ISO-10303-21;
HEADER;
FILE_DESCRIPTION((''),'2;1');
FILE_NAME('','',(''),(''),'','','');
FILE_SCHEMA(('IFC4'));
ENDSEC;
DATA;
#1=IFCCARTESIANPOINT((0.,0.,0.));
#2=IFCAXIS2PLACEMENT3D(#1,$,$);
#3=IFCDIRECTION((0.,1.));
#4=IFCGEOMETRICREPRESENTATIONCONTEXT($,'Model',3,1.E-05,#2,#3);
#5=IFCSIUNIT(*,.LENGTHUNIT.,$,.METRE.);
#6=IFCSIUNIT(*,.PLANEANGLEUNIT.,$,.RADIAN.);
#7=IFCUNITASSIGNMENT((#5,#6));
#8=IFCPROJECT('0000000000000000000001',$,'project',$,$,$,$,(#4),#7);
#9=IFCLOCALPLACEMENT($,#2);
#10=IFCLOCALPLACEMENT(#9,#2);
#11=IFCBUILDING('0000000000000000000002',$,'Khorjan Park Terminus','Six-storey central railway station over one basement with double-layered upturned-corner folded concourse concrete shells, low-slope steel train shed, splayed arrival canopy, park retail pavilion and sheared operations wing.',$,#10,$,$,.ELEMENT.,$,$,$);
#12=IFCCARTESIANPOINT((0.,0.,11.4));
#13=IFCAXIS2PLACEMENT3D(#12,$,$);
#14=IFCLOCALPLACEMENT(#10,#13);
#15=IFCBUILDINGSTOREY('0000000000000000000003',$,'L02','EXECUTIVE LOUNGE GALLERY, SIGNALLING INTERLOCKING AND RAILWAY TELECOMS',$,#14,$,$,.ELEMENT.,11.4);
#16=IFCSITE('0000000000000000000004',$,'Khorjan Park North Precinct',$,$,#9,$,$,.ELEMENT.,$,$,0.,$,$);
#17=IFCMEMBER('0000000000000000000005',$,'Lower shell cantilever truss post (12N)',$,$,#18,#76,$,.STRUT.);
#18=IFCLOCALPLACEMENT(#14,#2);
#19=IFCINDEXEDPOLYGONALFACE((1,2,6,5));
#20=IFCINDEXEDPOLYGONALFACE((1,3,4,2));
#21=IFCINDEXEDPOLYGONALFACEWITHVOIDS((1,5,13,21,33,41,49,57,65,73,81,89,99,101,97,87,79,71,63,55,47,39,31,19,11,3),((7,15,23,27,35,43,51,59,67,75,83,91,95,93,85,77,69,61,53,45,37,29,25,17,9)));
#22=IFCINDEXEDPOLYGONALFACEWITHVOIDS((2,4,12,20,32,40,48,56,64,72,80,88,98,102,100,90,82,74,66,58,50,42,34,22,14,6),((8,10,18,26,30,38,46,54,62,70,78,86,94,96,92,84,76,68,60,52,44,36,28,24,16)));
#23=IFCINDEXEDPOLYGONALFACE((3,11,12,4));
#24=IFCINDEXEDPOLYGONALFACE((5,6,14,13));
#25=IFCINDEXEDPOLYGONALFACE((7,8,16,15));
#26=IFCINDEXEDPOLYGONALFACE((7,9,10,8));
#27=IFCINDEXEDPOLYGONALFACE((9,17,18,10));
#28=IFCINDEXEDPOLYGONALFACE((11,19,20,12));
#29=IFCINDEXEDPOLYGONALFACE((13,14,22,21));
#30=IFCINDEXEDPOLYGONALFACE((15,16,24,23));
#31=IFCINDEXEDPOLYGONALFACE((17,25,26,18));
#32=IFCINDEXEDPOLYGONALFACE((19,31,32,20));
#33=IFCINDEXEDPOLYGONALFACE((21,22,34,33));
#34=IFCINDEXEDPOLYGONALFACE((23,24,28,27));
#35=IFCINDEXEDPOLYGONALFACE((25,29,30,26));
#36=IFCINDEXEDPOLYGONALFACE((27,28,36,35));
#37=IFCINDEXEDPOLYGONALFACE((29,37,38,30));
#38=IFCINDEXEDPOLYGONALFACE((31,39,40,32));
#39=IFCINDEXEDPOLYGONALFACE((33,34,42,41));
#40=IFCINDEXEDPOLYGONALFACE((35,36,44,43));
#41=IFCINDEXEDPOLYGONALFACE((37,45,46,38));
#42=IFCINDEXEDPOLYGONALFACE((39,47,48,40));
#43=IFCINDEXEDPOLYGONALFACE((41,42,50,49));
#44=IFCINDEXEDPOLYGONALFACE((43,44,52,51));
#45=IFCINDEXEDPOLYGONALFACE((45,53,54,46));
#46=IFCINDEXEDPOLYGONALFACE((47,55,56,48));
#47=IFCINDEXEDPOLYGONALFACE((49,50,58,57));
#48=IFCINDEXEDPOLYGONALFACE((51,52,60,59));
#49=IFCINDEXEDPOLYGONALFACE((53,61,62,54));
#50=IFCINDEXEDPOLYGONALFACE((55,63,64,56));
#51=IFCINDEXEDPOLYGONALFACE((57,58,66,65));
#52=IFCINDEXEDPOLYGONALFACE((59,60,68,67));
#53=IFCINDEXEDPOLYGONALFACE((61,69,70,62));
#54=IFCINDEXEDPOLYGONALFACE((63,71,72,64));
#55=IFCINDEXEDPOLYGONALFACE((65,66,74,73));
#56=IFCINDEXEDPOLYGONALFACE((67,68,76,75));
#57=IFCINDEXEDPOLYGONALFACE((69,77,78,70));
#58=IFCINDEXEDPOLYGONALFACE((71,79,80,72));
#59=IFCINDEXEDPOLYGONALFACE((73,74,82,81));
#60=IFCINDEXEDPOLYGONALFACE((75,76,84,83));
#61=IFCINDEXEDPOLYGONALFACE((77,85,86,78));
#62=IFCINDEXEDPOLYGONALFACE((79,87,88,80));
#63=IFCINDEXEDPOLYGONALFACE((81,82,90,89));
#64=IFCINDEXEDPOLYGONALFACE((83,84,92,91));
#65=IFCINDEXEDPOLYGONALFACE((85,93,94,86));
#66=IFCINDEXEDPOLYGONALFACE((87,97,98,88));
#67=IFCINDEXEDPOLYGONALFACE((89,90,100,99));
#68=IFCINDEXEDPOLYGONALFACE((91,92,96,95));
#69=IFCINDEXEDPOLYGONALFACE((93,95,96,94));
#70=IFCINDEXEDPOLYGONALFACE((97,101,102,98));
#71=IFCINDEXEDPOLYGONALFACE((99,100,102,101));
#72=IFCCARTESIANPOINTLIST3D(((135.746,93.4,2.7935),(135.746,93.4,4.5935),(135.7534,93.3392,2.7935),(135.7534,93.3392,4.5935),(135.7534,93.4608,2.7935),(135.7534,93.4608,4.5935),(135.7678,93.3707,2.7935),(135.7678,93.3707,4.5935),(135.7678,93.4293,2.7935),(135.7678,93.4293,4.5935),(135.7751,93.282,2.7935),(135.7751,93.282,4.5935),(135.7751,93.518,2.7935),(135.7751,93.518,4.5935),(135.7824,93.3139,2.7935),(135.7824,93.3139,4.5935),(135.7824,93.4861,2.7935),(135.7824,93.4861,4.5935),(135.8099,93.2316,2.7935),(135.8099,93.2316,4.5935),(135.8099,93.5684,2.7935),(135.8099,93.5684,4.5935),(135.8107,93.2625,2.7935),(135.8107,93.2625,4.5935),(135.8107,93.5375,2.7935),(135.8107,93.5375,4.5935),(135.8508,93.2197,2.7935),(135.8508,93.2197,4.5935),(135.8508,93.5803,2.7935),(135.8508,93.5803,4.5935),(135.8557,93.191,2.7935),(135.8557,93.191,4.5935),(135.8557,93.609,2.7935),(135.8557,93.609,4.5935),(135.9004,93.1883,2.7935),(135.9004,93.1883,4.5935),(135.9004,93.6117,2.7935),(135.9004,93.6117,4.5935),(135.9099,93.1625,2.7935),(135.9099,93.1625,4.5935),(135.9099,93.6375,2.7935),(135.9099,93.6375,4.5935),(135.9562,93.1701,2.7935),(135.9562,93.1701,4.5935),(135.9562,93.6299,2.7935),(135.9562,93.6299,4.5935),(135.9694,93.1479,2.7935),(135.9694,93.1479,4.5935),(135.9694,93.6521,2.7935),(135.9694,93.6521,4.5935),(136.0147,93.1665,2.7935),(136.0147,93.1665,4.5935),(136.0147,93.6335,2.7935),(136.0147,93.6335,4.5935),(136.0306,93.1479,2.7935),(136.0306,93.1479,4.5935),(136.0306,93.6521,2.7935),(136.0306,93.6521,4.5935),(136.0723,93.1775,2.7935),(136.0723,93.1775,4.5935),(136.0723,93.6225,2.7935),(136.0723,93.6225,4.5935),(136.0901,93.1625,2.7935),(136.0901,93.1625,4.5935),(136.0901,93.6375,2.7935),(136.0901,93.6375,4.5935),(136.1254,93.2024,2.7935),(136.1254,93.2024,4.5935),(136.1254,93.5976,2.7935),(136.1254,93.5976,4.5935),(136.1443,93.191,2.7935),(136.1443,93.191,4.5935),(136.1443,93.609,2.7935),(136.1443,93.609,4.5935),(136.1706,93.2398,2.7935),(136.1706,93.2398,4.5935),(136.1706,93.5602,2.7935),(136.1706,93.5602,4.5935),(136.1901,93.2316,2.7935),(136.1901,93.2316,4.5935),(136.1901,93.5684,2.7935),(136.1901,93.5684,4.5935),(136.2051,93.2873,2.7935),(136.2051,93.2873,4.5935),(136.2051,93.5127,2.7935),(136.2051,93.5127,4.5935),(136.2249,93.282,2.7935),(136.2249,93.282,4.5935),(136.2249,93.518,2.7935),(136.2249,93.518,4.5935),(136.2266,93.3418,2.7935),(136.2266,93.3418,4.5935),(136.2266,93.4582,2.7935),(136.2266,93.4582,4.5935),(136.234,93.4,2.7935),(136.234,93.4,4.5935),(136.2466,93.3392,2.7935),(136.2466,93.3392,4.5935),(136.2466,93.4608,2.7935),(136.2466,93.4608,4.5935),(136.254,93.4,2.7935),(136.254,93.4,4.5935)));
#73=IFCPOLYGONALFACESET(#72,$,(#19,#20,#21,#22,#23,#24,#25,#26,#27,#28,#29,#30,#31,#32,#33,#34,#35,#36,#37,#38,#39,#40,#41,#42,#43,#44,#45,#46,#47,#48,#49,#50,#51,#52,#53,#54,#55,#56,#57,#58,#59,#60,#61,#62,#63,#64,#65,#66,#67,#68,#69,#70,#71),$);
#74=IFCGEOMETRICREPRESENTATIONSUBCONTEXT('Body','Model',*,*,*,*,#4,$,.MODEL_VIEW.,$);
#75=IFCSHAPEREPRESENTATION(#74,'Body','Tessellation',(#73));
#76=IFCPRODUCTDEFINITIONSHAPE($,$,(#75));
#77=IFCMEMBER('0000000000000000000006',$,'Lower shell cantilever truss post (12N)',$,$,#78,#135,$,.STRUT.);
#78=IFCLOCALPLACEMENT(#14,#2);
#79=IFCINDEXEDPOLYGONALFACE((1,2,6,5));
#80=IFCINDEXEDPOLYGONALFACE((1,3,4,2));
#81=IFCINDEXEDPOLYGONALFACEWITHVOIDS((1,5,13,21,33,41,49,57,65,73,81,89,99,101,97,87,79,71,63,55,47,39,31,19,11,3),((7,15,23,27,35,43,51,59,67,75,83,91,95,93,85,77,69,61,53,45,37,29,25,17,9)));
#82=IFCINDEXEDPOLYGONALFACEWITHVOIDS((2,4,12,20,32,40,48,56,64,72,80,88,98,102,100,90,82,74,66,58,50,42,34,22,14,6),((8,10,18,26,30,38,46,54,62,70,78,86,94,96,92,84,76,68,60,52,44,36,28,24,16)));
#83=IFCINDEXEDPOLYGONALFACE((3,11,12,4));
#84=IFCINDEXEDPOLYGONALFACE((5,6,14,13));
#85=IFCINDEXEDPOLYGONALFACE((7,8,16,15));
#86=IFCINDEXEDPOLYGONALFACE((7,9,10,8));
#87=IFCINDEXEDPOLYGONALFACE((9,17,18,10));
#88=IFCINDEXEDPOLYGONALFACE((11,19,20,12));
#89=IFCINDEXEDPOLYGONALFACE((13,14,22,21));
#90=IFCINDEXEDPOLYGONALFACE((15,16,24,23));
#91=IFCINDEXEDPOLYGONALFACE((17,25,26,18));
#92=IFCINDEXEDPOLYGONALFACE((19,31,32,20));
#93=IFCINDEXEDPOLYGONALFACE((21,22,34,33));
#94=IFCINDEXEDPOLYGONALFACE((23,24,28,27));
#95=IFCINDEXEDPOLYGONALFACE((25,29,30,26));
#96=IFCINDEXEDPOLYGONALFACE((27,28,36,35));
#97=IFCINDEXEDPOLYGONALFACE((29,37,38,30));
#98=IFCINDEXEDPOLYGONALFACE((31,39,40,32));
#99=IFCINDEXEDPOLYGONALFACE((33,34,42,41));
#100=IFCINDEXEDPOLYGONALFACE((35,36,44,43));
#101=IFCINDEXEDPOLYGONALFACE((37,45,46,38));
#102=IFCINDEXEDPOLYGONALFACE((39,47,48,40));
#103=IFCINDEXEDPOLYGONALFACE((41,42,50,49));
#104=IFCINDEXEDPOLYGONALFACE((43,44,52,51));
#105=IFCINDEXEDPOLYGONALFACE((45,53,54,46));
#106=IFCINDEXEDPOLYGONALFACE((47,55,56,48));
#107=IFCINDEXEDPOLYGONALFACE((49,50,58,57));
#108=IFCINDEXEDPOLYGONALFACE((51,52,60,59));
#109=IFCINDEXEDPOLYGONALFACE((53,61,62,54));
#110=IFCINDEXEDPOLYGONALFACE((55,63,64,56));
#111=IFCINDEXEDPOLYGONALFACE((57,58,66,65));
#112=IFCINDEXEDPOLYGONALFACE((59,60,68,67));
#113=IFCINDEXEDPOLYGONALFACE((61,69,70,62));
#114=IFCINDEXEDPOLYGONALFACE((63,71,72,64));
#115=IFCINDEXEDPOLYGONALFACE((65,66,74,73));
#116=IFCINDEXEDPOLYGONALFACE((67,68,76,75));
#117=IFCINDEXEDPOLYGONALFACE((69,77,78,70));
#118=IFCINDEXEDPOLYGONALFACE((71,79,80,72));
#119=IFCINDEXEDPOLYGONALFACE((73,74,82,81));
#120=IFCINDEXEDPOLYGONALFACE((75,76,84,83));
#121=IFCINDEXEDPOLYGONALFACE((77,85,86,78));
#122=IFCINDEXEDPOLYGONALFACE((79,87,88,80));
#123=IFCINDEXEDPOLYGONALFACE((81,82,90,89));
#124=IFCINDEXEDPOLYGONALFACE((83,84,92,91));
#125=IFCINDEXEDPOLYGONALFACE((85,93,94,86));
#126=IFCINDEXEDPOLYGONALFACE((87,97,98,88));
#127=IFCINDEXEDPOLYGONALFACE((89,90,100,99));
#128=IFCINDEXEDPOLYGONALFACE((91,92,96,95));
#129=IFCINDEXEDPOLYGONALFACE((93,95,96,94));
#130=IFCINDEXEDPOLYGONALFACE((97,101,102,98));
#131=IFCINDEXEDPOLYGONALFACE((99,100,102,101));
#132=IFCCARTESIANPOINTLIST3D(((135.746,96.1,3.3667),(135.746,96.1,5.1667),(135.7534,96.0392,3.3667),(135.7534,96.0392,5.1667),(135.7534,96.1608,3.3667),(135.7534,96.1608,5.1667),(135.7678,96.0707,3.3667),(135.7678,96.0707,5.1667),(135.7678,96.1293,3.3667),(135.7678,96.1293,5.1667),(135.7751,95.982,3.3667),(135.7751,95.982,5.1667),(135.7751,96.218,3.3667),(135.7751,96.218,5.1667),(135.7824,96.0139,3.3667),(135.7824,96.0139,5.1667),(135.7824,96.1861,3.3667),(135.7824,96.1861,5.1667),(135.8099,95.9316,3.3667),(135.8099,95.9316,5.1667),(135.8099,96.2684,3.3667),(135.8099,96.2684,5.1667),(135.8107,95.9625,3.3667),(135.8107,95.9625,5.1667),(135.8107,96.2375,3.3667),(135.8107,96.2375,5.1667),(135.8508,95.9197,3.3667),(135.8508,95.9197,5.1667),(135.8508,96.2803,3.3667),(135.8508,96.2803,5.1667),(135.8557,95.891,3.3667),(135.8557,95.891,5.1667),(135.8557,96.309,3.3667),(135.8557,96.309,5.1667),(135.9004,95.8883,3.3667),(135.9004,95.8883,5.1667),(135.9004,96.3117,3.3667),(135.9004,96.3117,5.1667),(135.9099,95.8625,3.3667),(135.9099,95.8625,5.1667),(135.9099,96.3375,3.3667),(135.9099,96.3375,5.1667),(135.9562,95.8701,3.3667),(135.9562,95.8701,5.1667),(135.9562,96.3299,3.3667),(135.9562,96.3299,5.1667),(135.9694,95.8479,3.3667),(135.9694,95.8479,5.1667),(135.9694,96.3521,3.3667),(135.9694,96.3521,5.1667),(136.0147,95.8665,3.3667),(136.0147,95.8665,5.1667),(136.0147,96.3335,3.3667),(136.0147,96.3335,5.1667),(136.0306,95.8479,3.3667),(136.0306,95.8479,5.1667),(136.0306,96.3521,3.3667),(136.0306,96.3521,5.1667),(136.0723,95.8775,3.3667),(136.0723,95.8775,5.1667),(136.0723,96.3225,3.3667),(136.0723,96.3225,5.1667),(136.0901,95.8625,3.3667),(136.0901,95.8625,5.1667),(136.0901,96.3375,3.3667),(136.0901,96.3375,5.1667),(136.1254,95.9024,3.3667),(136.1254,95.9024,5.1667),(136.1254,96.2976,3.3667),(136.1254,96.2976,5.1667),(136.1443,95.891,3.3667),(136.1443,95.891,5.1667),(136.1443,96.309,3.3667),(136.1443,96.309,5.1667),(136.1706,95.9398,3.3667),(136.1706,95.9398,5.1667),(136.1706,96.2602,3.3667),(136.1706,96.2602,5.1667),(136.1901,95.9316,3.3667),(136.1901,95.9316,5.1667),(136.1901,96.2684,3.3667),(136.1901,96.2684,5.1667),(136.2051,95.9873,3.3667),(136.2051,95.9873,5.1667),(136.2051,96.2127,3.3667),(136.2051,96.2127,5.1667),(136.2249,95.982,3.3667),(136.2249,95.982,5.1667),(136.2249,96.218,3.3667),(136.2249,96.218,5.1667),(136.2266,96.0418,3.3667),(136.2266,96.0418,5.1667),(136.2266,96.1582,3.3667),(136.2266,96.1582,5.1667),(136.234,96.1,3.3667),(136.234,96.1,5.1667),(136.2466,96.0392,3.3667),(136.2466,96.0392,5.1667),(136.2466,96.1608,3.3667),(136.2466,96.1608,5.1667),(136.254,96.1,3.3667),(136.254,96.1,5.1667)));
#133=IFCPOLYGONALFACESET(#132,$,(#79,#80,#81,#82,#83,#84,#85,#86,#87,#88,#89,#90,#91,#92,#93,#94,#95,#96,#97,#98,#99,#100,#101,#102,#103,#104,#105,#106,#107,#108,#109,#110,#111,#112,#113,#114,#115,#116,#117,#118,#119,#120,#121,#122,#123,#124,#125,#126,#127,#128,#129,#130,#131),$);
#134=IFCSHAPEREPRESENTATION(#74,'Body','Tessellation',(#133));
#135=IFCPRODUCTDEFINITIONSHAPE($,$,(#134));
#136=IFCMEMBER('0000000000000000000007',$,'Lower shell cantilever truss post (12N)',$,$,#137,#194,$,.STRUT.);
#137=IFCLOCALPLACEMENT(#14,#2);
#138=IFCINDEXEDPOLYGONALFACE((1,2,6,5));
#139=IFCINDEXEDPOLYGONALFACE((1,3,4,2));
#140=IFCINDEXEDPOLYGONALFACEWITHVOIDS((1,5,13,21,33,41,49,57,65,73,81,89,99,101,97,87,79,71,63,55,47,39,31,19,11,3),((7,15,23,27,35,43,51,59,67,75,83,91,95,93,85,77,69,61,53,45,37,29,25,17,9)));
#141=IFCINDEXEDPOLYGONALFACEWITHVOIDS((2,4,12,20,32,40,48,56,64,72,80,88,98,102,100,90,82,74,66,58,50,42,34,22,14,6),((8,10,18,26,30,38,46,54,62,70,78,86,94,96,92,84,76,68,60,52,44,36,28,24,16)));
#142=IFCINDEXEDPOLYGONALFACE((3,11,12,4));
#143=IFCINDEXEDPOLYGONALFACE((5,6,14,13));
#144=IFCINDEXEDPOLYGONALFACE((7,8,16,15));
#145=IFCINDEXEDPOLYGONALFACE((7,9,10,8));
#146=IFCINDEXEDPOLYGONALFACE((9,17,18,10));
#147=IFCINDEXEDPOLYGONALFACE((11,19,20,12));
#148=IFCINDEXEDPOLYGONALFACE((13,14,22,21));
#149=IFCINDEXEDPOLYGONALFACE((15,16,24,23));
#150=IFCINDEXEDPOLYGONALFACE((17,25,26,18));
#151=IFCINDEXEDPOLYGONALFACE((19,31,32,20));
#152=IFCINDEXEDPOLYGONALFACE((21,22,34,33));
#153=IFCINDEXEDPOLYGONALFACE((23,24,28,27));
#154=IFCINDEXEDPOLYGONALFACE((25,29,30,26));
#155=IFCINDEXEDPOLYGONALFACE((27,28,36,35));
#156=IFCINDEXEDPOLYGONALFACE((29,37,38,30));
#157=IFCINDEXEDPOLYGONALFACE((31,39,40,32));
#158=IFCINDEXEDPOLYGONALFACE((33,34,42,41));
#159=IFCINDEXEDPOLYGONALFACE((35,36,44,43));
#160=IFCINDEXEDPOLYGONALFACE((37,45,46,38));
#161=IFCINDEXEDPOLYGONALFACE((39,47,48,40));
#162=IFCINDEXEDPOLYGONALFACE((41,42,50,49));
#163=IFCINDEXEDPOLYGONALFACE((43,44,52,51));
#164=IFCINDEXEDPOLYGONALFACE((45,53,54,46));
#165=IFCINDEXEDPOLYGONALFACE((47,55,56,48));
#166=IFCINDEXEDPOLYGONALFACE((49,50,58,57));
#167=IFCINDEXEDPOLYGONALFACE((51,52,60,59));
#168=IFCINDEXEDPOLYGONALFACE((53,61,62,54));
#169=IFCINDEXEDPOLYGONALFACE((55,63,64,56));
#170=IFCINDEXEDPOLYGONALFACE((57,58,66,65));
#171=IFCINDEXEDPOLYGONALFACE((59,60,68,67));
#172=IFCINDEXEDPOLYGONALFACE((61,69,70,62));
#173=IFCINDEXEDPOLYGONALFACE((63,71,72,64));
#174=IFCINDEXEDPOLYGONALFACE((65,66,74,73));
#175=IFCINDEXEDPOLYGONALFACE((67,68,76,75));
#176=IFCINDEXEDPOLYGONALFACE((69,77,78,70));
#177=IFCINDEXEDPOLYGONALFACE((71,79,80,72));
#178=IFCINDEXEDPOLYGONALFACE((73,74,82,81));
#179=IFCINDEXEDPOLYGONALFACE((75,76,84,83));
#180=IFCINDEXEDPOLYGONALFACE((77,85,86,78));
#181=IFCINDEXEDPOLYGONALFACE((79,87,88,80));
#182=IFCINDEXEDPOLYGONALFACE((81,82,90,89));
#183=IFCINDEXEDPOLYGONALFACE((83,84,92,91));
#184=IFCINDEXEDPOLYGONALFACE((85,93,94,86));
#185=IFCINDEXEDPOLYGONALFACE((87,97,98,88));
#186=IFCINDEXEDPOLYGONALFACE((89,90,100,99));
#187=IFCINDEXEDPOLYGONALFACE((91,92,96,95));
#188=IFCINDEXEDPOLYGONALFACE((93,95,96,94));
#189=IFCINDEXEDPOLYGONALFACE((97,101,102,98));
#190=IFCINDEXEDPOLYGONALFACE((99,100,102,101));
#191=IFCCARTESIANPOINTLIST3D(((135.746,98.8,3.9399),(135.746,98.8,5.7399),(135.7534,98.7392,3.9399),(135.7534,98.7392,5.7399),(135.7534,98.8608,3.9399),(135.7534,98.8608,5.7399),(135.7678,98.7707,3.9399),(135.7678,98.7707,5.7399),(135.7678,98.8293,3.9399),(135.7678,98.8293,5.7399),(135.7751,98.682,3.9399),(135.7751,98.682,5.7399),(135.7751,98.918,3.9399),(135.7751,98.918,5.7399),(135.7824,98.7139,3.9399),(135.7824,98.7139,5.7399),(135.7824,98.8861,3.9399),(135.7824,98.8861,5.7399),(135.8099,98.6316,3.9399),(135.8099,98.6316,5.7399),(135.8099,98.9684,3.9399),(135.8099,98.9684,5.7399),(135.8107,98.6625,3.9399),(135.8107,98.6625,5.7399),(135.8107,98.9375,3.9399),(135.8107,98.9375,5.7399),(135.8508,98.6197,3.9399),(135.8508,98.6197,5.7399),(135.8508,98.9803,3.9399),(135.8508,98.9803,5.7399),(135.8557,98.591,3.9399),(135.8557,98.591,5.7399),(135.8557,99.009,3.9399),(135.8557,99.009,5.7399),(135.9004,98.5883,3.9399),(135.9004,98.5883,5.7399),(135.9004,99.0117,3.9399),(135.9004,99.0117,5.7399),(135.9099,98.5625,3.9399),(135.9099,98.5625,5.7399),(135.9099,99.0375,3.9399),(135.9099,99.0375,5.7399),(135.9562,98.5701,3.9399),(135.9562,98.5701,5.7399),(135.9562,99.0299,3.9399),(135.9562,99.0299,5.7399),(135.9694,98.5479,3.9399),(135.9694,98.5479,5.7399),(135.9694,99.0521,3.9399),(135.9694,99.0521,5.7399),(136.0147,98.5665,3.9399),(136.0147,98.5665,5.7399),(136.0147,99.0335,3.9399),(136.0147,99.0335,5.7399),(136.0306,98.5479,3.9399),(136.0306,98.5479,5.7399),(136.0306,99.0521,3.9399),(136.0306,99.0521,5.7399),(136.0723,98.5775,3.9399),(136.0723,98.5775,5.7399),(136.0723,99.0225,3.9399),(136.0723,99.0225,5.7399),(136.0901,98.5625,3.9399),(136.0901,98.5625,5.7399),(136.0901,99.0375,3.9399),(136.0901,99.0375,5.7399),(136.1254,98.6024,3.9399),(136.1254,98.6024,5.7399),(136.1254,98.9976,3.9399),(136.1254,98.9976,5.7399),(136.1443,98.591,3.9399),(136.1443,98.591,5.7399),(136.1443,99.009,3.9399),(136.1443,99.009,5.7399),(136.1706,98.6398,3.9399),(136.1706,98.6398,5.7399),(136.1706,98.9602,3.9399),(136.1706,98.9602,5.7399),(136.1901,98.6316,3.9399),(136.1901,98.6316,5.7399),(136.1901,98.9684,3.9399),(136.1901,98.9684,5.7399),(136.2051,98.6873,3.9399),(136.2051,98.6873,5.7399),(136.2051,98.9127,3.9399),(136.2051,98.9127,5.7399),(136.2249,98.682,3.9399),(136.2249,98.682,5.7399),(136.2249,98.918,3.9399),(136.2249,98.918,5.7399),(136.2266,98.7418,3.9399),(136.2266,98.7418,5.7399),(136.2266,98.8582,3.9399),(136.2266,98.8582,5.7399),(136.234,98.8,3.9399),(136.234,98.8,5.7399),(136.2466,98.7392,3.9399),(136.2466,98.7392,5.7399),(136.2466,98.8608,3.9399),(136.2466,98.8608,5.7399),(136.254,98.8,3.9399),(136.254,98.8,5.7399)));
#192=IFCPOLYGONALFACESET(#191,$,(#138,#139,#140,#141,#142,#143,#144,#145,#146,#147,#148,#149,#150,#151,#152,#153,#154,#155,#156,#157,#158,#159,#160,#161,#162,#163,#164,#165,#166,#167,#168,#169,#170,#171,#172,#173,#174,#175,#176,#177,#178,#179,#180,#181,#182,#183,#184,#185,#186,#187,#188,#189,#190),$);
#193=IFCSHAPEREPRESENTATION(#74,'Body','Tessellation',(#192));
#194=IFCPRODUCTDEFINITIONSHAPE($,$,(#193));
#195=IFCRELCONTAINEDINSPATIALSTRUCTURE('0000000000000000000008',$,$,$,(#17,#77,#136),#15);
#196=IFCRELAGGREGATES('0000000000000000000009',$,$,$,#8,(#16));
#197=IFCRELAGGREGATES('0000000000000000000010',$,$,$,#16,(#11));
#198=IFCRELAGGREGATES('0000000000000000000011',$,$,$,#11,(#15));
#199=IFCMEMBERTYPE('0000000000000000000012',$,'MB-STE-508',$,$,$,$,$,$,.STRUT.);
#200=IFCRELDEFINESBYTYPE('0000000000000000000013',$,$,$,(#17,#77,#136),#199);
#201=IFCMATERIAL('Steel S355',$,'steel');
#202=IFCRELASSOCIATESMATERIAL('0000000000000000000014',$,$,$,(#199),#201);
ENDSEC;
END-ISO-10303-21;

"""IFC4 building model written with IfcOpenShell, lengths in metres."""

from ifc_helpers import new_model, si_unit, direction, frame, origin, origin_2d, place, context, subcontext, project, spatial, hollow_circle, extrude, material, material_profile, profile_set, type_object, element, save


model = new_model("IFC4")

# Units and contexts
model_context = context("Model", 3, precision=1e-05, world=origin(), true_north=direction((0.0, 1.0)))
body_context = subcontext(model_context, "Body", "Model", "MODEL_VIEW")
ifc_project = project(units=[si_unit("LENGTHUNIT", "METRE"), si_unit("PLANEANGLEUNIT", "RADIAN")], contexts=[model_context])

# Site, building, storey
site_placement = place(None, origin())
site = spatial("IfcSite", under=ifc_project, at=site_placement, Name="Khorjan Park North Precinct", CompositionType="ELEMENT", RefElevation=0.0)
building_placement = place(site_placement, origin())
building = spatial("IfcBuilding", under=site, at=building_placement, Name="Khorjan Park Terminus", Description="Six-storey central railway station over one basement with double-layered upturned-corner folded concourse concrete shells, low-slope steel train shed, splayed arrival canopy, park retail pavilion and sheared operations wing.", CompositionType="ELEMENT")
storey_placement = place(building_placement, frame((0.0, 0.0, 11.4)))
storey = spatial("IfcBuildingStorey", under=building, at=storey_placement, Name="L02", Description="EXECUTIVE LOUNGE GALLERY, SIGNALLING INTERLOCKING AND RAILWAY TELECOMS", CompositionType="ELEMENT", Elevation=11.4)

# Shared definitions
ifc_material_1 = material(Name="Steel S355", Category="steel")

# Members
ifc_material_profile_1 = material_profile(ifc_material_1, hollow_circle(Radius=0.254, WallThickness=0.02, at=origin_2d()), Name="CHS 508x20")
ifc_profile_set_1 = profile_set([ifc_material_profile_1], Name="Steel S355")
member_type_1 = type_object("IfcMemberType", Name="MB-STE-508", PredefinedType="STRUT", material=ifc_profile_set_1)
for number, where, z_axis, x_axis, name in (
    (1, (136.0, 93.4, 2.7935), (0.0, 0.0, 1.0), (1.0, 0.0, 0.0), "Lower shell cantilever truss post (12N)"),
    (2, (136.0, 96.1, 3.3667), (0.0, 0.0, 1.0), (1.0, 0.0, 0.0), "Lower shell cantilever truss post (12N)"),
    (3, (136.0, 98.8, 3.9399), (0.0, 0.0, 1.0), (1.0, 0.0, 0.0), "Lower shell cantilever truss post (12N)"),
):
    element("IfcMember", number, at=place(storey_placement, frame(where, z_axis=z_axis, x_axis=x_axis)), inside=storey, type_object=member_type_1, Name=name, PredefinedType="STRUT", context=body_context, shape_type="SweptSolid", body=[
        extrude(hollow_circle(Radius=0.254, WallThickness=0.02, at=origin_2d()), origin(), (0.0, 0.0, 1.0), 1.8),
    ])

save(model, "model.ifc")
